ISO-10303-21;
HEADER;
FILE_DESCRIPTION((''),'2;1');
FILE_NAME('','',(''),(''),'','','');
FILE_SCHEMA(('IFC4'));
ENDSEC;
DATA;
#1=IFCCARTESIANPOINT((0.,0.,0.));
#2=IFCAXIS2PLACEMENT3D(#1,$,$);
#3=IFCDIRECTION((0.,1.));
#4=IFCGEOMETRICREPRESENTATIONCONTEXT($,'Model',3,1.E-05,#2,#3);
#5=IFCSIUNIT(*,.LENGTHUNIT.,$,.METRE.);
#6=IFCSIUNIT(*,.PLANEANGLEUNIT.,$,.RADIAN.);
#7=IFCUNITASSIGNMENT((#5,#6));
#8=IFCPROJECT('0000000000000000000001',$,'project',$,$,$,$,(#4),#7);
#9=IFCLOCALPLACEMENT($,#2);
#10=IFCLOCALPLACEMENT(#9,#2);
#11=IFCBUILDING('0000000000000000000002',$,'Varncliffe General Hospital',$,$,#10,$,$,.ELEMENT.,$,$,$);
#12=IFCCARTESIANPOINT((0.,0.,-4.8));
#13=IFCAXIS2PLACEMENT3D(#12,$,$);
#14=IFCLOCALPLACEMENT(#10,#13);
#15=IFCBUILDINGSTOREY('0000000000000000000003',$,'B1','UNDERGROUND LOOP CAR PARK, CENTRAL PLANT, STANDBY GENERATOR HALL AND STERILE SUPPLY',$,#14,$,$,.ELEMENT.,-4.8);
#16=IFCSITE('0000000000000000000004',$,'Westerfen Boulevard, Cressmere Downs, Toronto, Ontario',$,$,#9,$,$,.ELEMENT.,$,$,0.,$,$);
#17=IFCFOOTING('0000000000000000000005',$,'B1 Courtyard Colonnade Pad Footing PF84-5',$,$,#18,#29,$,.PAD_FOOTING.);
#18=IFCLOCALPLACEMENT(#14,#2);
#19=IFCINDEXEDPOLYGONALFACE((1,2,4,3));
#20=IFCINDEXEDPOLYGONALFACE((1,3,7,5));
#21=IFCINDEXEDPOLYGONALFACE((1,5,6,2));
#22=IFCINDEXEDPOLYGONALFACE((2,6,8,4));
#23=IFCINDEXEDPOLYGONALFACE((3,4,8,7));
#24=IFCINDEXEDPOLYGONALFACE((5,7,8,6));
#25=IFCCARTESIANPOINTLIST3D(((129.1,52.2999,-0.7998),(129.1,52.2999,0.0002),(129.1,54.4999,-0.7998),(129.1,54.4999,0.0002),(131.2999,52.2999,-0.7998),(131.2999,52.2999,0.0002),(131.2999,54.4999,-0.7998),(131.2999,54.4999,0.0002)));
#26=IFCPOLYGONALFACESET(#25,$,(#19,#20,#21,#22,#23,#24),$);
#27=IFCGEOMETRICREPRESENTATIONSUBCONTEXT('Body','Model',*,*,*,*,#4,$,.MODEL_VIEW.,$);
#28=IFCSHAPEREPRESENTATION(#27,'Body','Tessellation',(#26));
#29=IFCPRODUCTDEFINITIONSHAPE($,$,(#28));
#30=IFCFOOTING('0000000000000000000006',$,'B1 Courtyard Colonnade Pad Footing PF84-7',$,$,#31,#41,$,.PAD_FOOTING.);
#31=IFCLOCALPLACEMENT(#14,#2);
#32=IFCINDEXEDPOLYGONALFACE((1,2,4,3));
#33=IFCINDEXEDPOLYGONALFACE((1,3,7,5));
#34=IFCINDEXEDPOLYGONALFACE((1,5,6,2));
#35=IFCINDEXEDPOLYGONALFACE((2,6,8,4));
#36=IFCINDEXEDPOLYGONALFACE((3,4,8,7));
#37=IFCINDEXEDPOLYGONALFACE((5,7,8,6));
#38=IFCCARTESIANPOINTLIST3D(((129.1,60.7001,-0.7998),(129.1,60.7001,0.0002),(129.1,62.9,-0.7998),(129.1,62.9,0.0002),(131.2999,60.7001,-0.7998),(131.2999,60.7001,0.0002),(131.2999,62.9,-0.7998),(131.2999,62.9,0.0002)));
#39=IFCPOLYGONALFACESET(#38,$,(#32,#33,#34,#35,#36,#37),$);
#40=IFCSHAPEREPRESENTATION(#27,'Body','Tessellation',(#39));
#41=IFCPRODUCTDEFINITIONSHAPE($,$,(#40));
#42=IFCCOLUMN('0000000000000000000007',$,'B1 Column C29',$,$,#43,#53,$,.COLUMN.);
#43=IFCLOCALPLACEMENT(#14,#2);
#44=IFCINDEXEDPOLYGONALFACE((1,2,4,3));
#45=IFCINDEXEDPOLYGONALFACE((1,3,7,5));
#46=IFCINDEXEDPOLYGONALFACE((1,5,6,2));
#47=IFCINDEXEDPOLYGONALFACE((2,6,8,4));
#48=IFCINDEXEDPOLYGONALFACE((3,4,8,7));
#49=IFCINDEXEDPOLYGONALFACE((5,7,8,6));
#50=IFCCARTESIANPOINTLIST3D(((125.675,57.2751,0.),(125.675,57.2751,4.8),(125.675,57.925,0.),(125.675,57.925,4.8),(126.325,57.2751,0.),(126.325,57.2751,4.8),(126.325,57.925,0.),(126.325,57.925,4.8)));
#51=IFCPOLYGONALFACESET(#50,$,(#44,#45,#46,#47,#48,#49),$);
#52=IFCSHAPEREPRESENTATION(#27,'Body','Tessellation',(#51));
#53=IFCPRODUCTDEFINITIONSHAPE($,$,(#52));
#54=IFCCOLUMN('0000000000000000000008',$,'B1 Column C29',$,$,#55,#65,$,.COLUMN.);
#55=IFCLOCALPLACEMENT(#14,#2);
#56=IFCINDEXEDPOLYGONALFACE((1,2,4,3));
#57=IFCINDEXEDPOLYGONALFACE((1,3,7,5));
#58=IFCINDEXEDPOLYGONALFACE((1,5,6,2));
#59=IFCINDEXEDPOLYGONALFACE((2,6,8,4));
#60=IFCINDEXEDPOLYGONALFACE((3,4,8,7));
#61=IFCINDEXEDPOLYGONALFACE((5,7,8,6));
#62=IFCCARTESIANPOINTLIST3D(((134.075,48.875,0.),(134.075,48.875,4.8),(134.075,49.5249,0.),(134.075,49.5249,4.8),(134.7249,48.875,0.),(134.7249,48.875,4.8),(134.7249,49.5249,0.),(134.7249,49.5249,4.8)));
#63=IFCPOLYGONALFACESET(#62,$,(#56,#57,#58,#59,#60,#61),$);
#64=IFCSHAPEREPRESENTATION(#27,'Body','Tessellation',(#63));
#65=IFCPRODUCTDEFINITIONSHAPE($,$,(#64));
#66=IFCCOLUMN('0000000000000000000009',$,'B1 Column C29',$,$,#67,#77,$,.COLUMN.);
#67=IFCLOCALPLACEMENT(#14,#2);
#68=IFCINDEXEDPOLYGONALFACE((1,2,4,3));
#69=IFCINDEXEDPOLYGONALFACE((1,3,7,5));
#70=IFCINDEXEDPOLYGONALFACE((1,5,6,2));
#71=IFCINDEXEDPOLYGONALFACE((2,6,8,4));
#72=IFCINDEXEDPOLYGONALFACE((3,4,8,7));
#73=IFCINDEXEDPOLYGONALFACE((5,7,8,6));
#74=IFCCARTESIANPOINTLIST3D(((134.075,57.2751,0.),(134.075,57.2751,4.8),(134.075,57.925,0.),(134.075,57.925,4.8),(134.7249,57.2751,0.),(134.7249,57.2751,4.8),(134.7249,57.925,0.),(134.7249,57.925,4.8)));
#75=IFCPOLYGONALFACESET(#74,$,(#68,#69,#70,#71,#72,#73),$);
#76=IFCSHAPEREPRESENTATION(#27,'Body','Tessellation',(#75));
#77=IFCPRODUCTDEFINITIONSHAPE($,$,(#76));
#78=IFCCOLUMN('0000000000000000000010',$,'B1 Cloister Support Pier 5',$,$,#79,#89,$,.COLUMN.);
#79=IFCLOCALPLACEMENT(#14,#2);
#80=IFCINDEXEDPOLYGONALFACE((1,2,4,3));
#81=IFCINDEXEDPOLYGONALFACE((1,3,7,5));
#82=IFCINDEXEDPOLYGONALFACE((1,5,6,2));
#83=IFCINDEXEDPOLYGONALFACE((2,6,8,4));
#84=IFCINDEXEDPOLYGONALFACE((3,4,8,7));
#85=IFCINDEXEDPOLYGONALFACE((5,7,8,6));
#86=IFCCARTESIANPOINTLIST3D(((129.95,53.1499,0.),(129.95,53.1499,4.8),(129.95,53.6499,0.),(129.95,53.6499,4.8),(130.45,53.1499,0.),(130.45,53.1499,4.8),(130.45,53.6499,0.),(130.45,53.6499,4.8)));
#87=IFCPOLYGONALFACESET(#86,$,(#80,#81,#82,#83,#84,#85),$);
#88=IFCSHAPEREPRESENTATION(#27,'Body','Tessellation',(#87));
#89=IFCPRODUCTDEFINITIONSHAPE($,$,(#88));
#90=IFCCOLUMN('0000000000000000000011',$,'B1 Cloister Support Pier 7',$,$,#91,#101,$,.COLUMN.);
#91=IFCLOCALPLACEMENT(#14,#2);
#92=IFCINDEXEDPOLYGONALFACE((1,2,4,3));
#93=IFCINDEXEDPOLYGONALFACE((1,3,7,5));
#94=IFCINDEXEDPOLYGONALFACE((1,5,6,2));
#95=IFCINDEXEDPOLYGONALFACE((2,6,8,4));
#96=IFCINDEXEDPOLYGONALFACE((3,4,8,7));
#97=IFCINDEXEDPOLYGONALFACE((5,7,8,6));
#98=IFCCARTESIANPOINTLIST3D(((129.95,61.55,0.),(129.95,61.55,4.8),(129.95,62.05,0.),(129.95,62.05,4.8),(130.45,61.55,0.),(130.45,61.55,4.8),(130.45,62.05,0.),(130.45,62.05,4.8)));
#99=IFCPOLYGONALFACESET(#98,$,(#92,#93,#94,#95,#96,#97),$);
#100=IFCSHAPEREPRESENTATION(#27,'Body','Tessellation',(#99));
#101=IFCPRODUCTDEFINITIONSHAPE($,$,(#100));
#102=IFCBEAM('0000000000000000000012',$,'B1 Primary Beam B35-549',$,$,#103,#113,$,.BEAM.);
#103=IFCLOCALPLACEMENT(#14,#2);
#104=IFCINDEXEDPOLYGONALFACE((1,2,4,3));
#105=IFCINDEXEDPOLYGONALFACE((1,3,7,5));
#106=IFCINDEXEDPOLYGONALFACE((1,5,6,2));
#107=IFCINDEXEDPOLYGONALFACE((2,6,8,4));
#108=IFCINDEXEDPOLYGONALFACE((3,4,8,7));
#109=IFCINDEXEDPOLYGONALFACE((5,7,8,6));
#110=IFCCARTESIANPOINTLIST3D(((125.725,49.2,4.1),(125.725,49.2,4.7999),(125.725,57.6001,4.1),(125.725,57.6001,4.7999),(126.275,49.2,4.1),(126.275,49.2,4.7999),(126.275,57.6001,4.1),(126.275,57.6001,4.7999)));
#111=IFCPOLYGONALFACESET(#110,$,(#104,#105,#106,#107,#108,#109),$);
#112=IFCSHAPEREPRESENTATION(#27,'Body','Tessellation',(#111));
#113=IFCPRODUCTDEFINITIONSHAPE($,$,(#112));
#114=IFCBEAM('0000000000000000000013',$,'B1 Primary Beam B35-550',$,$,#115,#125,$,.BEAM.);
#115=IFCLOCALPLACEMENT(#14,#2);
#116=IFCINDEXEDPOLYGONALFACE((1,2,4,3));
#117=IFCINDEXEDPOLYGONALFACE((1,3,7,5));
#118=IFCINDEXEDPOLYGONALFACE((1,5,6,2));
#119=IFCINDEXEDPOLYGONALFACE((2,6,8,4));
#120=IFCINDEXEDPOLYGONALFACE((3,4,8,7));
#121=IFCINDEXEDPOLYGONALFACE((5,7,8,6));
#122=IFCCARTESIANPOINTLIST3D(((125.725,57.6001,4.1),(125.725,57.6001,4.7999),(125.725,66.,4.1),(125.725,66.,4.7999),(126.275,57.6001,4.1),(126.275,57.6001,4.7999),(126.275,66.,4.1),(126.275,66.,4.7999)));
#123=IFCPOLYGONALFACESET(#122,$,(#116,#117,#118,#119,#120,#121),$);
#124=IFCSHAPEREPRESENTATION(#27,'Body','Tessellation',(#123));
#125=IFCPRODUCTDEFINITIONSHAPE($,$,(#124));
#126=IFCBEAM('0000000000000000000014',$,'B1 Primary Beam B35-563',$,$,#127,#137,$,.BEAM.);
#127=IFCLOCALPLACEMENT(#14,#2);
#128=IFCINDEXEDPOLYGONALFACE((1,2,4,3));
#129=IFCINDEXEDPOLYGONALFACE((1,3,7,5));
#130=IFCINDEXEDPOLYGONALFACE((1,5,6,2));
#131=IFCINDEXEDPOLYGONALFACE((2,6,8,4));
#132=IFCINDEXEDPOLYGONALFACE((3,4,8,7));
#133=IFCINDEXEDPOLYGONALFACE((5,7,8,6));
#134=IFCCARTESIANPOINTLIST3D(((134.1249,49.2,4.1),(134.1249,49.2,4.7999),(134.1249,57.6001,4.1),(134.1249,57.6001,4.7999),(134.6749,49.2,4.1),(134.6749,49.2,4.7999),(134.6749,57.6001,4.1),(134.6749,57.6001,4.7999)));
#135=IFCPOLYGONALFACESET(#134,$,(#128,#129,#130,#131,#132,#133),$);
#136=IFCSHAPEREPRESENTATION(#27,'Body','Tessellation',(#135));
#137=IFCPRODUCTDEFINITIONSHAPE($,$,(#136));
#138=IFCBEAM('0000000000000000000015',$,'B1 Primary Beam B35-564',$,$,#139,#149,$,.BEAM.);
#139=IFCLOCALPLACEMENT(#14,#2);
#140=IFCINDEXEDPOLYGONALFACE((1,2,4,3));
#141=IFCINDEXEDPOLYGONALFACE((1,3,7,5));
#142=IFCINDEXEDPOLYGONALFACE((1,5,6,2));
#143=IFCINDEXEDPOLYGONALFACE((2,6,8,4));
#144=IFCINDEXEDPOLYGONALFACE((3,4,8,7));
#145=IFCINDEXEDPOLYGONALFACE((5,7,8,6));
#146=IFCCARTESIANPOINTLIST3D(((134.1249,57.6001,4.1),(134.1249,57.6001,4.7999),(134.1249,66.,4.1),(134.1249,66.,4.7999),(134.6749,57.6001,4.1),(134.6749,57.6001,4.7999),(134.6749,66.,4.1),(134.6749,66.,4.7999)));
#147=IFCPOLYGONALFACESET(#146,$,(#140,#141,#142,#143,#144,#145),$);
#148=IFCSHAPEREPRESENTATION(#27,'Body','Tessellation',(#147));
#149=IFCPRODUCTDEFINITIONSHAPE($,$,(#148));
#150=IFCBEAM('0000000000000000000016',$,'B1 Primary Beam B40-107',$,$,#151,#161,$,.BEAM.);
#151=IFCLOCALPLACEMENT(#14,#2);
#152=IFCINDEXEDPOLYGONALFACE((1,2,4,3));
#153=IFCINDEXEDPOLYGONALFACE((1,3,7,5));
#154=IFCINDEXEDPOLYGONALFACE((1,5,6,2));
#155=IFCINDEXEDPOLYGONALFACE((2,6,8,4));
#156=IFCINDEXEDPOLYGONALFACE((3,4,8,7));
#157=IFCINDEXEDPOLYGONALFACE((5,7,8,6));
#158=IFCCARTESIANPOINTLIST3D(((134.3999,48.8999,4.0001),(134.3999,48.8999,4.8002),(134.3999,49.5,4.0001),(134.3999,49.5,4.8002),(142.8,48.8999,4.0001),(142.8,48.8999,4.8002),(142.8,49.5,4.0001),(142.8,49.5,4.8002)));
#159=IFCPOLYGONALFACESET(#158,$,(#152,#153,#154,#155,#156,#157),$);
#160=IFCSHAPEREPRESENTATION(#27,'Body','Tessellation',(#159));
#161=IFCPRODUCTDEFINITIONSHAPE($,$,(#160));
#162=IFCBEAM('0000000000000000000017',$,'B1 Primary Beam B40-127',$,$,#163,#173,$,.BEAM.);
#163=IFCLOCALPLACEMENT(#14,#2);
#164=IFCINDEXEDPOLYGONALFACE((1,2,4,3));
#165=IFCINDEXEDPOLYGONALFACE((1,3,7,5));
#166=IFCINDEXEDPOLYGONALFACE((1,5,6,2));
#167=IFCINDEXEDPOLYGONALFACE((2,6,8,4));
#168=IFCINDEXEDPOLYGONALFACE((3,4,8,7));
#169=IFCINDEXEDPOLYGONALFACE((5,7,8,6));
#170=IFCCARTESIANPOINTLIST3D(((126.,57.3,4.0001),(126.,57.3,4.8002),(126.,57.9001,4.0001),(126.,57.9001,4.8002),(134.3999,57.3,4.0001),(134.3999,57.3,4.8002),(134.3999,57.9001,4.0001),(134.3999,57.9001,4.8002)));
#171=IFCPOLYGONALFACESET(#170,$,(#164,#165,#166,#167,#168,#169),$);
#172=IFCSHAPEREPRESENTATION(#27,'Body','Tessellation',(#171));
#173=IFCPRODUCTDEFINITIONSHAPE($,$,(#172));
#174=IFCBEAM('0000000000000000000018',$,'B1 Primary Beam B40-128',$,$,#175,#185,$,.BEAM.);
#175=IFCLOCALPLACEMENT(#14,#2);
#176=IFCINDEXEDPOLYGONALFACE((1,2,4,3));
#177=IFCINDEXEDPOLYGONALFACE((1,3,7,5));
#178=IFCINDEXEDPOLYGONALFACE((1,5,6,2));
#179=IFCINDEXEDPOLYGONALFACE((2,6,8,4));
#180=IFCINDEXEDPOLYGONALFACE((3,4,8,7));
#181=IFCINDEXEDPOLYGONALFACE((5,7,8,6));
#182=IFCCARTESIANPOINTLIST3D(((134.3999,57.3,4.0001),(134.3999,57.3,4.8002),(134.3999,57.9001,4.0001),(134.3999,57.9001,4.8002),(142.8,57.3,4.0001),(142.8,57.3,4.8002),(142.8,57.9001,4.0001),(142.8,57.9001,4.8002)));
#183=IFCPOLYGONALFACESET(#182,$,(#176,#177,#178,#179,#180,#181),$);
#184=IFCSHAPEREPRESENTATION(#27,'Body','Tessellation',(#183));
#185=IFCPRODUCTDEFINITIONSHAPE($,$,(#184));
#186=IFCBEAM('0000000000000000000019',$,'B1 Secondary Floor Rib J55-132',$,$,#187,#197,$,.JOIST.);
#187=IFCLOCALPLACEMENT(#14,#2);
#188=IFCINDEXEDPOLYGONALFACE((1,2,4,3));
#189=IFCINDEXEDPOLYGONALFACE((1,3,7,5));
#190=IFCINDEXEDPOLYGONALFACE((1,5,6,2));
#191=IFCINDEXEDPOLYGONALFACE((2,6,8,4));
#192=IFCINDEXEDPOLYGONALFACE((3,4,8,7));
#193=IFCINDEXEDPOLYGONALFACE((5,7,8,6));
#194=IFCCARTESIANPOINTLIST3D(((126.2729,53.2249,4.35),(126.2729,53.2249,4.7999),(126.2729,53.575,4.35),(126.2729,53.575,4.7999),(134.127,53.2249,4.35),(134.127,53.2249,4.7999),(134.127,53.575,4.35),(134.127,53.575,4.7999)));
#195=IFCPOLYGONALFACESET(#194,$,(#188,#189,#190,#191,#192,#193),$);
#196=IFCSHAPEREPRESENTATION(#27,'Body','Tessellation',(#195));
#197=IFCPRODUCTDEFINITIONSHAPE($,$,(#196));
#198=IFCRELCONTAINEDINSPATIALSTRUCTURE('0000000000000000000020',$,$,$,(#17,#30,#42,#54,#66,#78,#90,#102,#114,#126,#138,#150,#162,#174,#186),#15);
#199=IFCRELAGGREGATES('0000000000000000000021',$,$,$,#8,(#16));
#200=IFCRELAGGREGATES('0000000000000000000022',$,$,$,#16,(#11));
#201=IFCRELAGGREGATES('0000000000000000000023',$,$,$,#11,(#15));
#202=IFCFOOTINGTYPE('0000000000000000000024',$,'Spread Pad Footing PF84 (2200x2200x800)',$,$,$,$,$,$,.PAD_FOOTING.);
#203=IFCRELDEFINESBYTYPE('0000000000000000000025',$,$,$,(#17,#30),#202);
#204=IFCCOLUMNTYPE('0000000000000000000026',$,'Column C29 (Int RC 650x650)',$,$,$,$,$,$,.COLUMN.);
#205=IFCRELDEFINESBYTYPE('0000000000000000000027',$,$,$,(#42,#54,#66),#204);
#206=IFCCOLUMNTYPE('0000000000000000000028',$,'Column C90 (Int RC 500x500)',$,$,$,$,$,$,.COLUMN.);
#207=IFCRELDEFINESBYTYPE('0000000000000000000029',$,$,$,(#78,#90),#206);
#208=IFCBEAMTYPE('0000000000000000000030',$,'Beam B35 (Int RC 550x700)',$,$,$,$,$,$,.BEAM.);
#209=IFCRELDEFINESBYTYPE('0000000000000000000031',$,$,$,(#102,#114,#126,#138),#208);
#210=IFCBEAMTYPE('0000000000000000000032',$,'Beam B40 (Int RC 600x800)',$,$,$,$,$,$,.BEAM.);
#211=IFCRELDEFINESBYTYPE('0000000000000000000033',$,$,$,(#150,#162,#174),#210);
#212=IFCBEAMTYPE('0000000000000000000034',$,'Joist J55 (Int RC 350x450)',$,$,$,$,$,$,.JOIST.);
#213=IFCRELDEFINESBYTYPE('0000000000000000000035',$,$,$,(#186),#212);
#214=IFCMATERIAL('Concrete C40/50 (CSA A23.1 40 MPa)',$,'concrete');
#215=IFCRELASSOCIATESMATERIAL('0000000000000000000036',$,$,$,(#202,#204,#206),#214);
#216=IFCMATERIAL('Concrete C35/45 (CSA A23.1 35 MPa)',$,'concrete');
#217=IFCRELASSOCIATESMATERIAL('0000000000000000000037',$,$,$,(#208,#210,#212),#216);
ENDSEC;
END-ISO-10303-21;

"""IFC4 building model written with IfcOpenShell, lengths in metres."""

from ifc_helpers import new_model, si_unit, direction, frame, origin, origin_2d, place, context, subcontext, project, spatial, rectangle, extrude, material, material_profile, profile_set, type_object, element, save


model = new_model("IFC4")

# Units and contexts
model_context = context("Model", 3, precision=1e-05, world=origin(), true_north=direction((0.0, 1.0)))
body_context = subcontext(model_context, "Body", "Model", "MODEL_VIEW")
ifc_project = project(units=[si_unit("LENGTHUNIT", "METRE"), si_unit("PLANEANGLEUNIT", "RADIAN")], contexts=[model_context])

# Site, building, storey
site_placement = place(None, origin())
site = spatial("IfcSite", under=ifc_project, at=site_placement, Name="Westerfen Boulevard, Cressmere Downs, Toronto, Ontario", CompositionType="ELEMENT", RefElevation=0.0)
building_placement = place(site_placement, origin())
building = spatial("IfcBuilding", under=site, at=building_placement, Name="Varncliffe General Hospital", CompositionType="ELEMENT")
storey_placement = place(building_placement, frame((0.0, 0.0, -4.8)))
storey = spatial("IfcBuildingStorey", under=building, at=storey_placement, Name="B1", Description="UNDERGROUND LOOP CAR PARK, CENTRAL PLANT, STANDBY GENERATOR HALL AND STERILE SUPPLY", CompositionType="ELEMENT", Elevation=-4.8)

# Shared definitions
ifc_material_1 = material(Name="Concrete C40/50 (CSA A23.1 40 MPa)", Category="concrete")

# Footings
footing_type_1 = type_object("IfcFootingType", Name="Spread Pad Footing PF84 (2200x2200x800)", PredefinedType="PAD_FOOTING", material=ifc_material_1)
for number, where, z_axis, x_axis, name in (
    (1, (130.2, 53.3999, -0.7998), (0.0, 0.0, 1.0), (1.0, 0.0, 0.0), "B1 Courtyard Colonnade Pad Footing PF84-5"),
    (2, (130.2, 61.8, -0.7998), (0.0, 0.0, 1.0), (1.0, 0.0, 0.0), "B1 Courtyard Colonnade Pad Footing PF84-7"),
):
    element("IfcFooting", number, at=place(storey_placement, frame(where, z_axis=z_axis, x_axis=x_axis)), inside=storey, type_object=footing_type_1, Name=name, PredefinedType="PAD_FOOTING", context=body_context, shape_type="SweptSolid", body=[
        extrude(rectangle(XDim=2.2, YDim=2.2, at=origin_2d()), origin(), (0.0, 0.0, 1.0), 0.8),
    ])

# Columns
ifc_material_profile_1 = material_profile(ifc_material_1, rectangle(XDim=0.6499, YDim=0.6499, at=origin_2d()), Name="RC 650x650")
ifc_profile_set_1 = profile_set([ifc_material_profile_1], Name="Concrete C40/50 (CSA A23.1 40 MPa)")
column_type_1 = type_object("IfcColumnType", Name="Column C29 (Int RC 650x650)", PredefinedType="COLUMN", material=ifc_profile_set_1)
for number, where, z_axis, x_axis, name in (
    (3, (126.0, 57.6001, 0.0), (0.0, 0.0, 1.0), (1.0, 0.0, 0.0), "B1 Column C29"),
    (4, (134.3999, 49.2, 0.0), (0.0, 0.0, 1.0), (1.0, 0.0, 0.0), "B1 Column C29"),
    (5, (134.3999, 57.6001, 0.0), (0.0, 0.0, 1.0), (1.0, 0.0, 0.0), "B1 Column C29"),
):
    element("IfcColumn", number, at=place(storey_placement, frame(where, z_axis=z_axis, x_axis=x_axis)), inside=storey, type_object=column_type_1, Name=name, PredefinedType="COLUMN", context=body_context, shape_type="SweptSolid", body=[
        extrude(rectangle(XDim=0.6499, YDim=0.6499, at=origin_2d()), origin(), (0.0, 0.0, 1.0), 4.8),
    ])
ifc_material_profile_2 = material_profile(ifc_material_1, rectangle(XDim=0.5, YDim=0.5, at=origin_2d()), Name="RC 500x500")
ifc_profile_set_2 = profile_set([ifc_material_profile_2], Name="Concrete C40/50 (CSA A23.1 40 MPa)")
column_type_2 = type_object("IfcColumnType", Name="Column C90 (Int RC 500x500)", PredefinedType="COLUMN", material=ifc_profile_set_2)
for number, where, z_axis, x_axis, name in (
    (6, (130.2, 53.3999, 0.0), (0.0, 0.0, 1.0), (1.0, 0.0, 0.0), "B1 Cloister Support Pier 5"),
    (7, (130.2, 61.8, 0.0), (0.0, 0.0, 1.0), (1.0, 0.0, 0.0), "B1 Cloister Support Pier 7"),
):
    element("IfcColumn", number, at=place(storey_placement, frame(where, z_axis=z_axis, x_axis=x_axis)), inside=storey, type_object=column_type_2, Name=name, PredefinedType="COLUMN", context=body_context, shape_type="SweptSolid", body=[
        extrude(rectangle(XDim=0.5, YDim=0.5, at=origin_2d()), origin(), (0.0, 0.0, 1.0), 4.8),
    ])

# Beams
ifc_material_2 = material(Name="Concrete C35/45 (CSA A23.1 35 MPa)", Category="concrete")
ifc_material_profile_3 = material_profile(ifc_material_2, rectangle(XDim=0.55, YDim=0.7, at=origin_2d()), Name="RC 550x700")
ifc_profile_set_3 = profile_set([ifc_material_profile_3], Name="Concrete C35/45 (CSA A23.1 35 MPa)")
beam_type_1 = type_object("IfcBeamType", Name="Beam B35 (Int RC 550x700)", PredefinedType="BEAM", material=ifc_profile_set_3)
beam_1_placement = place(storey_placement, frame((126.0, 49.2, 4.45), z_axis=(0.0, 1.0, 0.0), x_axis=(-1.0, 0.0, 0.0)))
element("IfcBeam", 8, at=beam_1_placement, inside=storey, type_object=beam_type_1, Name="B1 Primary Beam B35-549", PredefinedType="BEAM", context=body_context, shape_type="SweptSolid", body=[
    extrude(rectangle(XDim=0.55, YDim=0.7, at=origin_2d()), origin(), (0.0, 0.0, 1.0), 8.4001),
])
beam_2_placement = place(storey_placement, frame((126.0, 57.6001, 4.45), z_axis=(0.0, 1.0, 0.0), x_axis=(-1.0, 0.0, 0.0)))
element("IfcBeam", 9, at=beam_2_placement, inside=storey, type_object=beam_type_1, Name="B1 Primary Beam B35-550", PredefinedType="BEAM", context=body_context, shape_type="SweptSolid", body=[
    extrude(rectangle(XDim=0.55, YDim=0.7, at=origin_2d()), origin(), (0.0, 0.0, 1.0), 8.3999),
])
beam_3_placement = place(storey_placement, frame((134.3999, 49.2, 4.45), z_axis=(0.0, 1.0, 0.0), x_axis=(-1.0, 0.0, 0.0)))
element("IfcBeam", 10, at=beam_3_placement, inside=storey, type_object=beam_type_1, Name="B1 Primary Beam B35-563", PredefinedType="BEAM", context=body_context, shape_type="SweptSolid", body=[
    extrude(rectangle(XDim=0.55, YDim=0.7, at=origin_2d()), origin(), (0.0, 0.0, 1.0), 8.4001),
])
beam_4_placement = place(storey_placement, frame((134.3999, 57.6001, 4.45), z_axis=(0.0, 1.0, 0.0), x_axis=(-1.0, 0.0, 0.0)))
element("IfcBeam", 11, at=beam_4_placement, inside=storey, type_object=beam_type_1, Name="B1 Primary Beam B35-564", PredefinedType="BEAM", context=body_context, shape_type="SweptSolid", body=[
    extrude(rectangle(XDim=0.55, YDim=0.7, at=origin_2d()), origin(), (0.0, 0.0, 1.0), 8.3999),
])
ifc_material_profile_4 = material_profile(ifc_material_2, rectangle(XDim=0.6001, YDim=0.8, at=origin_2d()), Name="RC 600x800")
ifc_profile_set_4 = profile_set([ifc_material_profile_4], Name="Concrete C35/45 (CSA A23.1 35 MPa)")
beam_type_2 = type_object("IfcBeamType", Name="Beam B40 (Int RC 600x800)", PredefinedType="BEAM", material=ifc_profile_set_4)
beam_5_placement = place(storey_placement, frame((134.3999, 49.2, 4.4001), z_axis=(1.0, 0.0, 0.0), x_axis=(0.0, 1.0, 0.0)))
element("IfcBeam", 12, at=beam_5_placement, inside=storey, type_object=beam_type_2, Name="B1 Primary Beam B40-107", PredefinedType="BEAM", context=body_context, shape_type="SweptSolid", body=[
    extrude(rectangle(XDim=0.6001, YDim=0.8, at=origin_2d()), origin(), (0.0, 0.0, 1.0), 8.4001),
])
beam_6_placement = place(storey_placement, frame((126.0, 57.6001, 4.4001), z_axis=(1.0, 0.0, 0.0), x_axis=(0.0, 1.0, 0.0)))
element("IfcBeam", 13, at=beam_6_placement, inside=storey, type_object=beam_type_2, Name="B1 Primary Beam B40-127", PredefinedType="BEAM", context=body_context, shape_type="SweptSolid", body=[
    extrude(rectangle(XDim=0.6001, YDim=0.8, at=origin_2d()), origin(), (0.0, 0.0, 1.0), 8.3999),
])
beam_7_placement = place(storey_placement, frame((134.3999, 57.6001, 4.4001), z_axis=(1.0, 0.0, 0.0), x_axis=(0.0, 1.0, 0.0)))
element("IfcBeam", 14, at=beam_7_placement, inside=storey, type_object=beam_type_2, Name="B1 Primary Beam B40-128", PredefinedType="BEAM", context=body_context, shape_type="SweptSolid", body=[
    extrude(rectangle(XDim=0.6001, YDim=0.8, at=origin_2d()), origin(), (0.0, 0.0, 1.0), 8.4001),
])
ifc_material_profile_5 = material_profile(ifc_material_2, rectangle(XDim=0.3501, YDim=0.45, at=origin_2d()), Name="RC 350x450")
ifc_profile_set_5 = profile_set([ifc_material_profile_5], Name="Concrete C35/45 (CSA A23.1 35 MPa)")
beam_type_3 = type_object("IfcBeamType", Name="Joist J55 (Int RC 350x450)", PredefinedType="JOIST", material=ifc_profile_set_5)
for number, where, z_axis, x_axis, name in (
    (15, (126.2729, 53.3999, 4.575), (1.0, 0.0, 0.0), (0.0, 1.0, 0.0), "B1 Secondary Floor Rib J55-132"),
):
    element("IfcBeam", number, at=place(storey_placement, frame(where, z_axis=z_axis, x_axis=x_axis)), inside=storey, type_object=beam_type_3, Name=name, PredefinedType="JOIST", context=body_context, shape_type="SweptSolid", body=[
        extrude(rectangle(XDim=0.3501, YDim=0.45, at=origin_2d()), origin(), (0.0, 0.0, 1.0), 7.854),
    ])

save(model, "model.ifc")
